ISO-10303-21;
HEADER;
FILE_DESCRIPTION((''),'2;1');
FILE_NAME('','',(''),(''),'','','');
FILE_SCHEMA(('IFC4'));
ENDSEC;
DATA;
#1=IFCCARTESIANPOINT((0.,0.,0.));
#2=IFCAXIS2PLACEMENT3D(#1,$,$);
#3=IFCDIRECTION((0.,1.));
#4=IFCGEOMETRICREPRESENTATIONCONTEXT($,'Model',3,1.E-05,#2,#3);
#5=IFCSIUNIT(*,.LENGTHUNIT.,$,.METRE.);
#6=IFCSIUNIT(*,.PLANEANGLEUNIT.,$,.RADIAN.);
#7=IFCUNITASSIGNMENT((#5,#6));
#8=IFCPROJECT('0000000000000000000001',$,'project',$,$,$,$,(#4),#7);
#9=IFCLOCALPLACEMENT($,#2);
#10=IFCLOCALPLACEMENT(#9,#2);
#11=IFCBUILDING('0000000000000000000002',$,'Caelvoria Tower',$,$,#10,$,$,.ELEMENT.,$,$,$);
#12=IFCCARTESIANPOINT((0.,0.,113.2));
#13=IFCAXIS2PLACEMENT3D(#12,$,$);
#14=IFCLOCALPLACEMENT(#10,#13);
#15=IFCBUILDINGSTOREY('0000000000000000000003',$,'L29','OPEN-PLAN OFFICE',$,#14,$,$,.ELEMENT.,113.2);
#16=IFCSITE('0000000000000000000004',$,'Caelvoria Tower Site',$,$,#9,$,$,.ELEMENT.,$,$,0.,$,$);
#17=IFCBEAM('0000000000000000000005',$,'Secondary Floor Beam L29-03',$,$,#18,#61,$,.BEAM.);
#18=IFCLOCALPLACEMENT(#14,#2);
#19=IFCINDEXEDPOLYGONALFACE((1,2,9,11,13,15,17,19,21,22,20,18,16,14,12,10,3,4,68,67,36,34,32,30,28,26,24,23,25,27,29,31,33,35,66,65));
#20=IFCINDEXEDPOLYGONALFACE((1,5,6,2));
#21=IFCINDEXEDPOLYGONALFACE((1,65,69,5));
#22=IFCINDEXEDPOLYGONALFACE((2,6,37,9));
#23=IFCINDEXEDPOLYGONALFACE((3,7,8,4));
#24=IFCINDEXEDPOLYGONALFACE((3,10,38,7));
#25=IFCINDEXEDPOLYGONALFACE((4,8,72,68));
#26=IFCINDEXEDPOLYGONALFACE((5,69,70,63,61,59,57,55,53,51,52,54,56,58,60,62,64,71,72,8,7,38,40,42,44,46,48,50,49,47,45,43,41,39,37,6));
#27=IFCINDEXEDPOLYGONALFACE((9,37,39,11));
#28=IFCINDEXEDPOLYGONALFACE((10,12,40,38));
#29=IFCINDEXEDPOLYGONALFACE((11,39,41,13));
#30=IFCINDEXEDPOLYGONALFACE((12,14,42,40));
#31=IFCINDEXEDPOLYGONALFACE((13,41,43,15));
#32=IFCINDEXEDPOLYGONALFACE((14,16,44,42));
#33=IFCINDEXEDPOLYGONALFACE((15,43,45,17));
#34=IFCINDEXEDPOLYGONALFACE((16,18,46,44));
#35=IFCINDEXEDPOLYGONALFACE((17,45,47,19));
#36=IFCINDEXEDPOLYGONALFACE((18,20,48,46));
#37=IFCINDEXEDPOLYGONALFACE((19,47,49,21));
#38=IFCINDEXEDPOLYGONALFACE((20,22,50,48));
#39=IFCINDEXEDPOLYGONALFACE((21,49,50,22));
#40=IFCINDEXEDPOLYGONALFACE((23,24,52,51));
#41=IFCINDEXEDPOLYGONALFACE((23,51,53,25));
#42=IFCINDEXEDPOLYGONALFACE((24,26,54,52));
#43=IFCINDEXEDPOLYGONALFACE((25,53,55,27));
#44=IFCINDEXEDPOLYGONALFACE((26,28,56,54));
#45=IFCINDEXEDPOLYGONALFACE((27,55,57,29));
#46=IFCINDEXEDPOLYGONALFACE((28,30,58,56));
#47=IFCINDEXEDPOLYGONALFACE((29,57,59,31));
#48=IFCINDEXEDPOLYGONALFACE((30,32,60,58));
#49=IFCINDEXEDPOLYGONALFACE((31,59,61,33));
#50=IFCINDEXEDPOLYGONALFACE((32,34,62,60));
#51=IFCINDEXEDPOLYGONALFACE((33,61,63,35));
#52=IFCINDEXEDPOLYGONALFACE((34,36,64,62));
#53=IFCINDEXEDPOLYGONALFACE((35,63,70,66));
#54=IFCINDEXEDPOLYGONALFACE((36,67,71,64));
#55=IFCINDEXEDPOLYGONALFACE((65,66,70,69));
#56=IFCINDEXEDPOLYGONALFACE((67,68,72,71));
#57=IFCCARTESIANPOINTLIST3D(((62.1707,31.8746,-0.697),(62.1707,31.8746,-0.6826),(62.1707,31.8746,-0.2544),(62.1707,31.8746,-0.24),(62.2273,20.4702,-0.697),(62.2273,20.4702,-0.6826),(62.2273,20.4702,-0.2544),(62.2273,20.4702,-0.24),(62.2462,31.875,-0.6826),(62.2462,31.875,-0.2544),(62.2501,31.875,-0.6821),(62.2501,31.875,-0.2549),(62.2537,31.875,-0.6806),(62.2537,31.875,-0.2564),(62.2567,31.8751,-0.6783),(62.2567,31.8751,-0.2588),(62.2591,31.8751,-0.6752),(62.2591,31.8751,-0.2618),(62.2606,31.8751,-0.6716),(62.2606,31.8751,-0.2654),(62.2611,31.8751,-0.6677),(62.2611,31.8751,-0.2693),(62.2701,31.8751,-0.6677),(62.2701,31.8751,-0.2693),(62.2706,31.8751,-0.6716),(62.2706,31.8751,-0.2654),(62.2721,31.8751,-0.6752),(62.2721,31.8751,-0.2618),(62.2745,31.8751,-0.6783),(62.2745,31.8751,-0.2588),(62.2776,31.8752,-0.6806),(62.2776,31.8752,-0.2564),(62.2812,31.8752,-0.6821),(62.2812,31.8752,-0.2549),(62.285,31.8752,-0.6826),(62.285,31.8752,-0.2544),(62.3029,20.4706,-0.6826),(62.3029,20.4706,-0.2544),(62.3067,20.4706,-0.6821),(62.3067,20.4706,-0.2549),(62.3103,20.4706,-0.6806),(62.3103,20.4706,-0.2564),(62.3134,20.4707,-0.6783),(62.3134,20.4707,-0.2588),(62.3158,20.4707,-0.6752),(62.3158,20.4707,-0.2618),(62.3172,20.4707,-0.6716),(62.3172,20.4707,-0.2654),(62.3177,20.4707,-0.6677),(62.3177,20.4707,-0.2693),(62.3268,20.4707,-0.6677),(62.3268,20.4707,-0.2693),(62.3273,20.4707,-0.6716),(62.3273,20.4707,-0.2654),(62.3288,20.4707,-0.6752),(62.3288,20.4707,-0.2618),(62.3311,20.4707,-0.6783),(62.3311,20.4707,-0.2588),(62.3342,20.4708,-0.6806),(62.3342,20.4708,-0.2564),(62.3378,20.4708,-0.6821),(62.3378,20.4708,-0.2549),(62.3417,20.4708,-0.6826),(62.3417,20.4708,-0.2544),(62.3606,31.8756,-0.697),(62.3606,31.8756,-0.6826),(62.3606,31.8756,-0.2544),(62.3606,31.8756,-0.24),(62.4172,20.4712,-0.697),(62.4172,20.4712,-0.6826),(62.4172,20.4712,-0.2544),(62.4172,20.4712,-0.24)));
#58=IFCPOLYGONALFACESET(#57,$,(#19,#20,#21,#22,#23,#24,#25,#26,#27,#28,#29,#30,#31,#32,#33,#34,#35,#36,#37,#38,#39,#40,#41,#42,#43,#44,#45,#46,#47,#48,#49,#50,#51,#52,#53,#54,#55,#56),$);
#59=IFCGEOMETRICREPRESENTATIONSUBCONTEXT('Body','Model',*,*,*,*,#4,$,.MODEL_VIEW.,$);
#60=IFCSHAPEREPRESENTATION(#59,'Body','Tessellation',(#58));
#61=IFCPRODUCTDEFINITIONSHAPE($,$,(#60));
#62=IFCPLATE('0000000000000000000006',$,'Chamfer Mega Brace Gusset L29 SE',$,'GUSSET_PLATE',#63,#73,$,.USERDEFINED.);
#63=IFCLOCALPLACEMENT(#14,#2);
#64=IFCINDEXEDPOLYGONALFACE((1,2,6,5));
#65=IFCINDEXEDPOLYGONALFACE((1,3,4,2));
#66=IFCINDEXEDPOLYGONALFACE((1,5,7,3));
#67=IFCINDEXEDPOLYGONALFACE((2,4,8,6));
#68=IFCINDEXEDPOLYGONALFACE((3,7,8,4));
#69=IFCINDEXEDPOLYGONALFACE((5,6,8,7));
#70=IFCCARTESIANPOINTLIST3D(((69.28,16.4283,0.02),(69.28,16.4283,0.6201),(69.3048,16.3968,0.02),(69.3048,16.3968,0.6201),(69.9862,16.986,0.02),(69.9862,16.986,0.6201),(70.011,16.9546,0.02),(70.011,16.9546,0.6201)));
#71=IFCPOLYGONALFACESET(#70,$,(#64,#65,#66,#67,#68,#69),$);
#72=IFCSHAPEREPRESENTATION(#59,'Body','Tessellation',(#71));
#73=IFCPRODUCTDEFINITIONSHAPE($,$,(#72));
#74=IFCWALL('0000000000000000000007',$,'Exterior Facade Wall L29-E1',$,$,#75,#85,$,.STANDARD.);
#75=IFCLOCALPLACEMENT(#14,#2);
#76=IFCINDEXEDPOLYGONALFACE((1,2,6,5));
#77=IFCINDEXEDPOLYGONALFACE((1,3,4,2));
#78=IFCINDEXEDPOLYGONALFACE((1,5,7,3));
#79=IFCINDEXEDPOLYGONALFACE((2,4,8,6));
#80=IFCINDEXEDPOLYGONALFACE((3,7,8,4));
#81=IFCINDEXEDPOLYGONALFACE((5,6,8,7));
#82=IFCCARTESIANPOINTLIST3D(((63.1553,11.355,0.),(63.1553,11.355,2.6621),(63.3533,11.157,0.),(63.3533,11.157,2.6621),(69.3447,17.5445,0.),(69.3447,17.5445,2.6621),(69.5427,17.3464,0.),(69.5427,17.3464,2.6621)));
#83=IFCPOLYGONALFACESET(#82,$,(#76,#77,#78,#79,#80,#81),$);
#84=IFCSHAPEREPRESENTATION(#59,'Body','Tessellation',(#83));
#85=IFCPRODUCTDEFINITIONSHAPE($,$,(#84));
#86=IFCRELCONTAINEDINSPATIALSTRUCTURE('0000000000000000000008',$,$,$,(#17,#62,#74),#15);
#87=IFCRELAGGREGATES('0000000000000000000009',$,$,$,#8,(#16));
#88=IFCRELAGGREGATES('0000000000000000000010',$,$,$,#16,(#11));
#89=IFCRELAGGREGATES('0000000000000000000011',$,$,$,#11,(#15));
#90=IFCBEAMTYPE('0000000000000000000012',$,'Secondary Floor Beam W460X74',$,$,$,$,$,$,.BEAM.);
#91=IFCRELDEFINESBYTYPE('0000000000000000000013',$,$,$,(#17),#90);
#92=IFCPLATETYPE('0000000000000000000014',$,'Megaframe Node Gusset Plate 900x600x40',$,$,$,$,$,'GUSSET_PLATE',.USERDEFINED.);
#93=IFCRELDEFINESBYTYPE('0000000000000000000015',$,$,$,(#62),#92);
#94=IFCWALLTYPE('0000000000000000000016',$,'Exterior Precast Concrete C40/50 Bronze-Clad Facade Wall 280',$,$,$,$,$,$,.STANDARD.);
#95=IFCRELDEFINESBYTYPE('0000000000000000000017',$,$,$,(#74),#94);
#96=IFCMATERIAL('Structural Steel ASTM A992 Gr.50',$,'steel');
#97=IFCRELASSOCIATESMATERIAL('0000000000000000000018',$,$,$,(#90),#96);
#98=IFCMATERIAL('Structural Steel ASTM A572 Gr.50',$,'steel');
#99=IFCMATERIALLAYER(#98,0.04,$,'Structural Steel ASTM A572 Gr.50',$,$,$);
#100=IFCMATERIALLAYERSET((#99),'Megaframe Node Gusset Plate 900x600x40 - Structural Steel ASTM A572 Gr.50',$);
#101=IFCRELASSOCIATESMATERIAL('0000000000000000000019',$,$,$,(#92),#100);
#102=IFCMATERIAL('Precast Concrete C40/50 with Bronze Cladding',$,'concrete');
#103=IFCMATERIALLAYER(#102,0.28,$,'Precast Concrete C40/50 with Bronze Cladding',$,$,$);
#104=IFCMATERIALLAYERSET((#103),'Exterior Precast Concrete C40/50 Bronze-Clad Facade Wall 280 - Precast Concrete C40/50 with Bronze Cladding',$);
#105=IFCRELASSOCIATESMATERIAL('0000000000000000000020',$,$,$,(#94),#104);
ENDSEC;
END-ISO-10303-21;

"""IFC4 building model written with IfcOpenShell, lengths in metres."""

from ifc_helpers import new_model, si_unit, direction, frame, frame_2d, origin, origin_2d, place, context, subcontext, project, spatial, rectangle, i_section, extrude, material, layer, layer_set, material_profile, profile_set, type_object, element, save


model = new_model("IFC4")

# Units and contexts
model_context = context("Model", 3, precision=1e-05, world=origin(), true_north=direction((0.0, 1.0)))
body_context = subcontext(model_context, "Body", "Model", "MODEL_VIEW")
ifc_project = project(units=[si_unit("LENGTHUNIT", "METRE"), si_unit("PLANEANGLEUNIT", "RADIAN")], contexts=[model_context])

# Site, building, storey
site_placement = place(None, origin())
site = spatial("IfcSite", under=ifc_project, at=site_placement, Name="Caelvoria Tower Site", CompositionType="ELEMENT", RefElevation=0.0)
building_placement = place(site_placement, origin())
building = spatial("IfcBuilding", under=site, at=building_placement, Name="Caelvoria Tower", CompositionType="ELEMENT")
storey_placement = place(building_placement, frame((0.0, 0.0, 113.2)))
storey = spatial("IfcBuildingStorey", under=building, at=storey_placement, Name="L29", Description="OPEN-PLAN OFFICE", CompositionType="ELEMENT", Elevation=113.2)

# Shared definitions
ifc_material_1 = material(Name="Structural Steel ASTM A572 Gr.50", Category="steel")

# Beam
ifc_material_2 = material(Name="Structural Steel ASTM A992 Gr.50", Category="steel")
ifc_material_profile_1 = material_profile(ifc_material_2, i_section(OverallWidth=0.1899, OverallDepth=0.457, WebThickness=0.009, FlangeThickness=0.0144, FilletRadius=0.0149, at=origin_2d()), Name="Structural Steel ASTM A992 Gr.50")
ifc_profile_set_1 = profile_set([ifc_material_profile_1], Name="W460X74 - Structural Steel ASTM A992 Gr.50")
beam_type_1 = type_object("IfcBeamType", Name="Secondary Floor Beam W460X74", PredefinedType="BEAM", material=ifc_profile_set_1)
beam_1_placement = place(storey_placement, frame((62.3223, 20.4707, -0.4685), z_axis=(-0.004967, 0.999988, 0.0), x_axis=(-0.999988, -0.004967, 0.0)))
element("IfcBeam", 1, at=beam_1_placement, inside=storey, type_object=beam_type_1, Name="Secondary Floor Beam L29-03", PredefinedType="BEAM", context=body_context, shape_type="SweptSolid", body=[
    extrude(i_section(OverallWidth=0.1899, OverallDepth=0.457, WebThickness=0.009, FlangeThickness=0.0144, FilletRadius=0.0149, at=origin_2d()), origin(), (0.0, 0.0, 1.0), 11.4045),
])

# Plate
ifc_layer_1 = layer(ifc_material_1, 0.04, Name="Structural Steel ASTM A572 Gr.50")
ifc_layer_set_1 = layer_set([ifc_layer_1], Name="Megaframe Node Gusset Plate 900x600x40 - Structural Steel ASTM A572 Gr.50")
plate_type = type_object("IfcPlateType", Name="Megaframe Node Gusset Plate 900x600x40", ElementType="GUSSET_PLATE", PredefinedType="USERDEFINED", material=ifc_layer_set_1)
plate_placement = place(storey_placement, frame((69.6455, 16.6914, 0.02), z_axis=(0.0, 0.0, 1.0), x_axis=(-0.784794, -0.619757, 0.0)))
element("IfcPlate", 2, at=plate_placement, inside=storey, type_object=plate_type, Name="Chamfer Mega Brace Gusset L29 SE", ObjectType="GUSSET_PLATE", PredefinedType="USERDEFINED", context=body_context, shape_type="SweptSolid", body=[
    extrude(rectangle(XDim=0.8999, YDim=0.04, at=origin_2d()), origin(), (0.0, 0.0, 1.0), 0.6001),
])

# Wall
ifc_material_3 = material(Name="Precast Concrete C40/50 with Bronze Cladding", Category="concrete")
ifc_layer_2 = layer(ifc_material_3, 0.28, Name="Precast Concrete C40/50 with Bronze Cladding")
ifc_layer_set_2 = layer_set([ifc_layer_2], Name="Exterior Precast Concrete C40/50 Bronze-Clad Facade Wall 280 - Precast Concrete C40/50 with Bronze Cladding")
wall_type_1 = type_object("IfcWallType", Name="Exterior Precast Concrete C40/50 Bronze-Clad Facade Wall 280", PredefinedType="STANDARD", material=ifc_layer_set_2)
wall_1_placement = place(storey_placement, frame((63.2544, 11.2561, 0.0), z_axis=(0.0, 0.0, 1.0), x_axis=(0.707107, 0.707107, 0.0)))
element("IfcWall", 3, at=wall_1_placement, inside=storey, type_object=wall_type_1, Name="Exterior Facade Wall L29-E1", PredefinedType="STANDARD", context=body_context, shape_type="SweptSolid", body=[
    extrude(rectangle(XDim=8.7532, YDim=0.28, at=frame_2d((4.3765, 0.0))), origin(), (0.0, 0.0, 1.0), 2.6621),
])

save(model, "model.ifc")
